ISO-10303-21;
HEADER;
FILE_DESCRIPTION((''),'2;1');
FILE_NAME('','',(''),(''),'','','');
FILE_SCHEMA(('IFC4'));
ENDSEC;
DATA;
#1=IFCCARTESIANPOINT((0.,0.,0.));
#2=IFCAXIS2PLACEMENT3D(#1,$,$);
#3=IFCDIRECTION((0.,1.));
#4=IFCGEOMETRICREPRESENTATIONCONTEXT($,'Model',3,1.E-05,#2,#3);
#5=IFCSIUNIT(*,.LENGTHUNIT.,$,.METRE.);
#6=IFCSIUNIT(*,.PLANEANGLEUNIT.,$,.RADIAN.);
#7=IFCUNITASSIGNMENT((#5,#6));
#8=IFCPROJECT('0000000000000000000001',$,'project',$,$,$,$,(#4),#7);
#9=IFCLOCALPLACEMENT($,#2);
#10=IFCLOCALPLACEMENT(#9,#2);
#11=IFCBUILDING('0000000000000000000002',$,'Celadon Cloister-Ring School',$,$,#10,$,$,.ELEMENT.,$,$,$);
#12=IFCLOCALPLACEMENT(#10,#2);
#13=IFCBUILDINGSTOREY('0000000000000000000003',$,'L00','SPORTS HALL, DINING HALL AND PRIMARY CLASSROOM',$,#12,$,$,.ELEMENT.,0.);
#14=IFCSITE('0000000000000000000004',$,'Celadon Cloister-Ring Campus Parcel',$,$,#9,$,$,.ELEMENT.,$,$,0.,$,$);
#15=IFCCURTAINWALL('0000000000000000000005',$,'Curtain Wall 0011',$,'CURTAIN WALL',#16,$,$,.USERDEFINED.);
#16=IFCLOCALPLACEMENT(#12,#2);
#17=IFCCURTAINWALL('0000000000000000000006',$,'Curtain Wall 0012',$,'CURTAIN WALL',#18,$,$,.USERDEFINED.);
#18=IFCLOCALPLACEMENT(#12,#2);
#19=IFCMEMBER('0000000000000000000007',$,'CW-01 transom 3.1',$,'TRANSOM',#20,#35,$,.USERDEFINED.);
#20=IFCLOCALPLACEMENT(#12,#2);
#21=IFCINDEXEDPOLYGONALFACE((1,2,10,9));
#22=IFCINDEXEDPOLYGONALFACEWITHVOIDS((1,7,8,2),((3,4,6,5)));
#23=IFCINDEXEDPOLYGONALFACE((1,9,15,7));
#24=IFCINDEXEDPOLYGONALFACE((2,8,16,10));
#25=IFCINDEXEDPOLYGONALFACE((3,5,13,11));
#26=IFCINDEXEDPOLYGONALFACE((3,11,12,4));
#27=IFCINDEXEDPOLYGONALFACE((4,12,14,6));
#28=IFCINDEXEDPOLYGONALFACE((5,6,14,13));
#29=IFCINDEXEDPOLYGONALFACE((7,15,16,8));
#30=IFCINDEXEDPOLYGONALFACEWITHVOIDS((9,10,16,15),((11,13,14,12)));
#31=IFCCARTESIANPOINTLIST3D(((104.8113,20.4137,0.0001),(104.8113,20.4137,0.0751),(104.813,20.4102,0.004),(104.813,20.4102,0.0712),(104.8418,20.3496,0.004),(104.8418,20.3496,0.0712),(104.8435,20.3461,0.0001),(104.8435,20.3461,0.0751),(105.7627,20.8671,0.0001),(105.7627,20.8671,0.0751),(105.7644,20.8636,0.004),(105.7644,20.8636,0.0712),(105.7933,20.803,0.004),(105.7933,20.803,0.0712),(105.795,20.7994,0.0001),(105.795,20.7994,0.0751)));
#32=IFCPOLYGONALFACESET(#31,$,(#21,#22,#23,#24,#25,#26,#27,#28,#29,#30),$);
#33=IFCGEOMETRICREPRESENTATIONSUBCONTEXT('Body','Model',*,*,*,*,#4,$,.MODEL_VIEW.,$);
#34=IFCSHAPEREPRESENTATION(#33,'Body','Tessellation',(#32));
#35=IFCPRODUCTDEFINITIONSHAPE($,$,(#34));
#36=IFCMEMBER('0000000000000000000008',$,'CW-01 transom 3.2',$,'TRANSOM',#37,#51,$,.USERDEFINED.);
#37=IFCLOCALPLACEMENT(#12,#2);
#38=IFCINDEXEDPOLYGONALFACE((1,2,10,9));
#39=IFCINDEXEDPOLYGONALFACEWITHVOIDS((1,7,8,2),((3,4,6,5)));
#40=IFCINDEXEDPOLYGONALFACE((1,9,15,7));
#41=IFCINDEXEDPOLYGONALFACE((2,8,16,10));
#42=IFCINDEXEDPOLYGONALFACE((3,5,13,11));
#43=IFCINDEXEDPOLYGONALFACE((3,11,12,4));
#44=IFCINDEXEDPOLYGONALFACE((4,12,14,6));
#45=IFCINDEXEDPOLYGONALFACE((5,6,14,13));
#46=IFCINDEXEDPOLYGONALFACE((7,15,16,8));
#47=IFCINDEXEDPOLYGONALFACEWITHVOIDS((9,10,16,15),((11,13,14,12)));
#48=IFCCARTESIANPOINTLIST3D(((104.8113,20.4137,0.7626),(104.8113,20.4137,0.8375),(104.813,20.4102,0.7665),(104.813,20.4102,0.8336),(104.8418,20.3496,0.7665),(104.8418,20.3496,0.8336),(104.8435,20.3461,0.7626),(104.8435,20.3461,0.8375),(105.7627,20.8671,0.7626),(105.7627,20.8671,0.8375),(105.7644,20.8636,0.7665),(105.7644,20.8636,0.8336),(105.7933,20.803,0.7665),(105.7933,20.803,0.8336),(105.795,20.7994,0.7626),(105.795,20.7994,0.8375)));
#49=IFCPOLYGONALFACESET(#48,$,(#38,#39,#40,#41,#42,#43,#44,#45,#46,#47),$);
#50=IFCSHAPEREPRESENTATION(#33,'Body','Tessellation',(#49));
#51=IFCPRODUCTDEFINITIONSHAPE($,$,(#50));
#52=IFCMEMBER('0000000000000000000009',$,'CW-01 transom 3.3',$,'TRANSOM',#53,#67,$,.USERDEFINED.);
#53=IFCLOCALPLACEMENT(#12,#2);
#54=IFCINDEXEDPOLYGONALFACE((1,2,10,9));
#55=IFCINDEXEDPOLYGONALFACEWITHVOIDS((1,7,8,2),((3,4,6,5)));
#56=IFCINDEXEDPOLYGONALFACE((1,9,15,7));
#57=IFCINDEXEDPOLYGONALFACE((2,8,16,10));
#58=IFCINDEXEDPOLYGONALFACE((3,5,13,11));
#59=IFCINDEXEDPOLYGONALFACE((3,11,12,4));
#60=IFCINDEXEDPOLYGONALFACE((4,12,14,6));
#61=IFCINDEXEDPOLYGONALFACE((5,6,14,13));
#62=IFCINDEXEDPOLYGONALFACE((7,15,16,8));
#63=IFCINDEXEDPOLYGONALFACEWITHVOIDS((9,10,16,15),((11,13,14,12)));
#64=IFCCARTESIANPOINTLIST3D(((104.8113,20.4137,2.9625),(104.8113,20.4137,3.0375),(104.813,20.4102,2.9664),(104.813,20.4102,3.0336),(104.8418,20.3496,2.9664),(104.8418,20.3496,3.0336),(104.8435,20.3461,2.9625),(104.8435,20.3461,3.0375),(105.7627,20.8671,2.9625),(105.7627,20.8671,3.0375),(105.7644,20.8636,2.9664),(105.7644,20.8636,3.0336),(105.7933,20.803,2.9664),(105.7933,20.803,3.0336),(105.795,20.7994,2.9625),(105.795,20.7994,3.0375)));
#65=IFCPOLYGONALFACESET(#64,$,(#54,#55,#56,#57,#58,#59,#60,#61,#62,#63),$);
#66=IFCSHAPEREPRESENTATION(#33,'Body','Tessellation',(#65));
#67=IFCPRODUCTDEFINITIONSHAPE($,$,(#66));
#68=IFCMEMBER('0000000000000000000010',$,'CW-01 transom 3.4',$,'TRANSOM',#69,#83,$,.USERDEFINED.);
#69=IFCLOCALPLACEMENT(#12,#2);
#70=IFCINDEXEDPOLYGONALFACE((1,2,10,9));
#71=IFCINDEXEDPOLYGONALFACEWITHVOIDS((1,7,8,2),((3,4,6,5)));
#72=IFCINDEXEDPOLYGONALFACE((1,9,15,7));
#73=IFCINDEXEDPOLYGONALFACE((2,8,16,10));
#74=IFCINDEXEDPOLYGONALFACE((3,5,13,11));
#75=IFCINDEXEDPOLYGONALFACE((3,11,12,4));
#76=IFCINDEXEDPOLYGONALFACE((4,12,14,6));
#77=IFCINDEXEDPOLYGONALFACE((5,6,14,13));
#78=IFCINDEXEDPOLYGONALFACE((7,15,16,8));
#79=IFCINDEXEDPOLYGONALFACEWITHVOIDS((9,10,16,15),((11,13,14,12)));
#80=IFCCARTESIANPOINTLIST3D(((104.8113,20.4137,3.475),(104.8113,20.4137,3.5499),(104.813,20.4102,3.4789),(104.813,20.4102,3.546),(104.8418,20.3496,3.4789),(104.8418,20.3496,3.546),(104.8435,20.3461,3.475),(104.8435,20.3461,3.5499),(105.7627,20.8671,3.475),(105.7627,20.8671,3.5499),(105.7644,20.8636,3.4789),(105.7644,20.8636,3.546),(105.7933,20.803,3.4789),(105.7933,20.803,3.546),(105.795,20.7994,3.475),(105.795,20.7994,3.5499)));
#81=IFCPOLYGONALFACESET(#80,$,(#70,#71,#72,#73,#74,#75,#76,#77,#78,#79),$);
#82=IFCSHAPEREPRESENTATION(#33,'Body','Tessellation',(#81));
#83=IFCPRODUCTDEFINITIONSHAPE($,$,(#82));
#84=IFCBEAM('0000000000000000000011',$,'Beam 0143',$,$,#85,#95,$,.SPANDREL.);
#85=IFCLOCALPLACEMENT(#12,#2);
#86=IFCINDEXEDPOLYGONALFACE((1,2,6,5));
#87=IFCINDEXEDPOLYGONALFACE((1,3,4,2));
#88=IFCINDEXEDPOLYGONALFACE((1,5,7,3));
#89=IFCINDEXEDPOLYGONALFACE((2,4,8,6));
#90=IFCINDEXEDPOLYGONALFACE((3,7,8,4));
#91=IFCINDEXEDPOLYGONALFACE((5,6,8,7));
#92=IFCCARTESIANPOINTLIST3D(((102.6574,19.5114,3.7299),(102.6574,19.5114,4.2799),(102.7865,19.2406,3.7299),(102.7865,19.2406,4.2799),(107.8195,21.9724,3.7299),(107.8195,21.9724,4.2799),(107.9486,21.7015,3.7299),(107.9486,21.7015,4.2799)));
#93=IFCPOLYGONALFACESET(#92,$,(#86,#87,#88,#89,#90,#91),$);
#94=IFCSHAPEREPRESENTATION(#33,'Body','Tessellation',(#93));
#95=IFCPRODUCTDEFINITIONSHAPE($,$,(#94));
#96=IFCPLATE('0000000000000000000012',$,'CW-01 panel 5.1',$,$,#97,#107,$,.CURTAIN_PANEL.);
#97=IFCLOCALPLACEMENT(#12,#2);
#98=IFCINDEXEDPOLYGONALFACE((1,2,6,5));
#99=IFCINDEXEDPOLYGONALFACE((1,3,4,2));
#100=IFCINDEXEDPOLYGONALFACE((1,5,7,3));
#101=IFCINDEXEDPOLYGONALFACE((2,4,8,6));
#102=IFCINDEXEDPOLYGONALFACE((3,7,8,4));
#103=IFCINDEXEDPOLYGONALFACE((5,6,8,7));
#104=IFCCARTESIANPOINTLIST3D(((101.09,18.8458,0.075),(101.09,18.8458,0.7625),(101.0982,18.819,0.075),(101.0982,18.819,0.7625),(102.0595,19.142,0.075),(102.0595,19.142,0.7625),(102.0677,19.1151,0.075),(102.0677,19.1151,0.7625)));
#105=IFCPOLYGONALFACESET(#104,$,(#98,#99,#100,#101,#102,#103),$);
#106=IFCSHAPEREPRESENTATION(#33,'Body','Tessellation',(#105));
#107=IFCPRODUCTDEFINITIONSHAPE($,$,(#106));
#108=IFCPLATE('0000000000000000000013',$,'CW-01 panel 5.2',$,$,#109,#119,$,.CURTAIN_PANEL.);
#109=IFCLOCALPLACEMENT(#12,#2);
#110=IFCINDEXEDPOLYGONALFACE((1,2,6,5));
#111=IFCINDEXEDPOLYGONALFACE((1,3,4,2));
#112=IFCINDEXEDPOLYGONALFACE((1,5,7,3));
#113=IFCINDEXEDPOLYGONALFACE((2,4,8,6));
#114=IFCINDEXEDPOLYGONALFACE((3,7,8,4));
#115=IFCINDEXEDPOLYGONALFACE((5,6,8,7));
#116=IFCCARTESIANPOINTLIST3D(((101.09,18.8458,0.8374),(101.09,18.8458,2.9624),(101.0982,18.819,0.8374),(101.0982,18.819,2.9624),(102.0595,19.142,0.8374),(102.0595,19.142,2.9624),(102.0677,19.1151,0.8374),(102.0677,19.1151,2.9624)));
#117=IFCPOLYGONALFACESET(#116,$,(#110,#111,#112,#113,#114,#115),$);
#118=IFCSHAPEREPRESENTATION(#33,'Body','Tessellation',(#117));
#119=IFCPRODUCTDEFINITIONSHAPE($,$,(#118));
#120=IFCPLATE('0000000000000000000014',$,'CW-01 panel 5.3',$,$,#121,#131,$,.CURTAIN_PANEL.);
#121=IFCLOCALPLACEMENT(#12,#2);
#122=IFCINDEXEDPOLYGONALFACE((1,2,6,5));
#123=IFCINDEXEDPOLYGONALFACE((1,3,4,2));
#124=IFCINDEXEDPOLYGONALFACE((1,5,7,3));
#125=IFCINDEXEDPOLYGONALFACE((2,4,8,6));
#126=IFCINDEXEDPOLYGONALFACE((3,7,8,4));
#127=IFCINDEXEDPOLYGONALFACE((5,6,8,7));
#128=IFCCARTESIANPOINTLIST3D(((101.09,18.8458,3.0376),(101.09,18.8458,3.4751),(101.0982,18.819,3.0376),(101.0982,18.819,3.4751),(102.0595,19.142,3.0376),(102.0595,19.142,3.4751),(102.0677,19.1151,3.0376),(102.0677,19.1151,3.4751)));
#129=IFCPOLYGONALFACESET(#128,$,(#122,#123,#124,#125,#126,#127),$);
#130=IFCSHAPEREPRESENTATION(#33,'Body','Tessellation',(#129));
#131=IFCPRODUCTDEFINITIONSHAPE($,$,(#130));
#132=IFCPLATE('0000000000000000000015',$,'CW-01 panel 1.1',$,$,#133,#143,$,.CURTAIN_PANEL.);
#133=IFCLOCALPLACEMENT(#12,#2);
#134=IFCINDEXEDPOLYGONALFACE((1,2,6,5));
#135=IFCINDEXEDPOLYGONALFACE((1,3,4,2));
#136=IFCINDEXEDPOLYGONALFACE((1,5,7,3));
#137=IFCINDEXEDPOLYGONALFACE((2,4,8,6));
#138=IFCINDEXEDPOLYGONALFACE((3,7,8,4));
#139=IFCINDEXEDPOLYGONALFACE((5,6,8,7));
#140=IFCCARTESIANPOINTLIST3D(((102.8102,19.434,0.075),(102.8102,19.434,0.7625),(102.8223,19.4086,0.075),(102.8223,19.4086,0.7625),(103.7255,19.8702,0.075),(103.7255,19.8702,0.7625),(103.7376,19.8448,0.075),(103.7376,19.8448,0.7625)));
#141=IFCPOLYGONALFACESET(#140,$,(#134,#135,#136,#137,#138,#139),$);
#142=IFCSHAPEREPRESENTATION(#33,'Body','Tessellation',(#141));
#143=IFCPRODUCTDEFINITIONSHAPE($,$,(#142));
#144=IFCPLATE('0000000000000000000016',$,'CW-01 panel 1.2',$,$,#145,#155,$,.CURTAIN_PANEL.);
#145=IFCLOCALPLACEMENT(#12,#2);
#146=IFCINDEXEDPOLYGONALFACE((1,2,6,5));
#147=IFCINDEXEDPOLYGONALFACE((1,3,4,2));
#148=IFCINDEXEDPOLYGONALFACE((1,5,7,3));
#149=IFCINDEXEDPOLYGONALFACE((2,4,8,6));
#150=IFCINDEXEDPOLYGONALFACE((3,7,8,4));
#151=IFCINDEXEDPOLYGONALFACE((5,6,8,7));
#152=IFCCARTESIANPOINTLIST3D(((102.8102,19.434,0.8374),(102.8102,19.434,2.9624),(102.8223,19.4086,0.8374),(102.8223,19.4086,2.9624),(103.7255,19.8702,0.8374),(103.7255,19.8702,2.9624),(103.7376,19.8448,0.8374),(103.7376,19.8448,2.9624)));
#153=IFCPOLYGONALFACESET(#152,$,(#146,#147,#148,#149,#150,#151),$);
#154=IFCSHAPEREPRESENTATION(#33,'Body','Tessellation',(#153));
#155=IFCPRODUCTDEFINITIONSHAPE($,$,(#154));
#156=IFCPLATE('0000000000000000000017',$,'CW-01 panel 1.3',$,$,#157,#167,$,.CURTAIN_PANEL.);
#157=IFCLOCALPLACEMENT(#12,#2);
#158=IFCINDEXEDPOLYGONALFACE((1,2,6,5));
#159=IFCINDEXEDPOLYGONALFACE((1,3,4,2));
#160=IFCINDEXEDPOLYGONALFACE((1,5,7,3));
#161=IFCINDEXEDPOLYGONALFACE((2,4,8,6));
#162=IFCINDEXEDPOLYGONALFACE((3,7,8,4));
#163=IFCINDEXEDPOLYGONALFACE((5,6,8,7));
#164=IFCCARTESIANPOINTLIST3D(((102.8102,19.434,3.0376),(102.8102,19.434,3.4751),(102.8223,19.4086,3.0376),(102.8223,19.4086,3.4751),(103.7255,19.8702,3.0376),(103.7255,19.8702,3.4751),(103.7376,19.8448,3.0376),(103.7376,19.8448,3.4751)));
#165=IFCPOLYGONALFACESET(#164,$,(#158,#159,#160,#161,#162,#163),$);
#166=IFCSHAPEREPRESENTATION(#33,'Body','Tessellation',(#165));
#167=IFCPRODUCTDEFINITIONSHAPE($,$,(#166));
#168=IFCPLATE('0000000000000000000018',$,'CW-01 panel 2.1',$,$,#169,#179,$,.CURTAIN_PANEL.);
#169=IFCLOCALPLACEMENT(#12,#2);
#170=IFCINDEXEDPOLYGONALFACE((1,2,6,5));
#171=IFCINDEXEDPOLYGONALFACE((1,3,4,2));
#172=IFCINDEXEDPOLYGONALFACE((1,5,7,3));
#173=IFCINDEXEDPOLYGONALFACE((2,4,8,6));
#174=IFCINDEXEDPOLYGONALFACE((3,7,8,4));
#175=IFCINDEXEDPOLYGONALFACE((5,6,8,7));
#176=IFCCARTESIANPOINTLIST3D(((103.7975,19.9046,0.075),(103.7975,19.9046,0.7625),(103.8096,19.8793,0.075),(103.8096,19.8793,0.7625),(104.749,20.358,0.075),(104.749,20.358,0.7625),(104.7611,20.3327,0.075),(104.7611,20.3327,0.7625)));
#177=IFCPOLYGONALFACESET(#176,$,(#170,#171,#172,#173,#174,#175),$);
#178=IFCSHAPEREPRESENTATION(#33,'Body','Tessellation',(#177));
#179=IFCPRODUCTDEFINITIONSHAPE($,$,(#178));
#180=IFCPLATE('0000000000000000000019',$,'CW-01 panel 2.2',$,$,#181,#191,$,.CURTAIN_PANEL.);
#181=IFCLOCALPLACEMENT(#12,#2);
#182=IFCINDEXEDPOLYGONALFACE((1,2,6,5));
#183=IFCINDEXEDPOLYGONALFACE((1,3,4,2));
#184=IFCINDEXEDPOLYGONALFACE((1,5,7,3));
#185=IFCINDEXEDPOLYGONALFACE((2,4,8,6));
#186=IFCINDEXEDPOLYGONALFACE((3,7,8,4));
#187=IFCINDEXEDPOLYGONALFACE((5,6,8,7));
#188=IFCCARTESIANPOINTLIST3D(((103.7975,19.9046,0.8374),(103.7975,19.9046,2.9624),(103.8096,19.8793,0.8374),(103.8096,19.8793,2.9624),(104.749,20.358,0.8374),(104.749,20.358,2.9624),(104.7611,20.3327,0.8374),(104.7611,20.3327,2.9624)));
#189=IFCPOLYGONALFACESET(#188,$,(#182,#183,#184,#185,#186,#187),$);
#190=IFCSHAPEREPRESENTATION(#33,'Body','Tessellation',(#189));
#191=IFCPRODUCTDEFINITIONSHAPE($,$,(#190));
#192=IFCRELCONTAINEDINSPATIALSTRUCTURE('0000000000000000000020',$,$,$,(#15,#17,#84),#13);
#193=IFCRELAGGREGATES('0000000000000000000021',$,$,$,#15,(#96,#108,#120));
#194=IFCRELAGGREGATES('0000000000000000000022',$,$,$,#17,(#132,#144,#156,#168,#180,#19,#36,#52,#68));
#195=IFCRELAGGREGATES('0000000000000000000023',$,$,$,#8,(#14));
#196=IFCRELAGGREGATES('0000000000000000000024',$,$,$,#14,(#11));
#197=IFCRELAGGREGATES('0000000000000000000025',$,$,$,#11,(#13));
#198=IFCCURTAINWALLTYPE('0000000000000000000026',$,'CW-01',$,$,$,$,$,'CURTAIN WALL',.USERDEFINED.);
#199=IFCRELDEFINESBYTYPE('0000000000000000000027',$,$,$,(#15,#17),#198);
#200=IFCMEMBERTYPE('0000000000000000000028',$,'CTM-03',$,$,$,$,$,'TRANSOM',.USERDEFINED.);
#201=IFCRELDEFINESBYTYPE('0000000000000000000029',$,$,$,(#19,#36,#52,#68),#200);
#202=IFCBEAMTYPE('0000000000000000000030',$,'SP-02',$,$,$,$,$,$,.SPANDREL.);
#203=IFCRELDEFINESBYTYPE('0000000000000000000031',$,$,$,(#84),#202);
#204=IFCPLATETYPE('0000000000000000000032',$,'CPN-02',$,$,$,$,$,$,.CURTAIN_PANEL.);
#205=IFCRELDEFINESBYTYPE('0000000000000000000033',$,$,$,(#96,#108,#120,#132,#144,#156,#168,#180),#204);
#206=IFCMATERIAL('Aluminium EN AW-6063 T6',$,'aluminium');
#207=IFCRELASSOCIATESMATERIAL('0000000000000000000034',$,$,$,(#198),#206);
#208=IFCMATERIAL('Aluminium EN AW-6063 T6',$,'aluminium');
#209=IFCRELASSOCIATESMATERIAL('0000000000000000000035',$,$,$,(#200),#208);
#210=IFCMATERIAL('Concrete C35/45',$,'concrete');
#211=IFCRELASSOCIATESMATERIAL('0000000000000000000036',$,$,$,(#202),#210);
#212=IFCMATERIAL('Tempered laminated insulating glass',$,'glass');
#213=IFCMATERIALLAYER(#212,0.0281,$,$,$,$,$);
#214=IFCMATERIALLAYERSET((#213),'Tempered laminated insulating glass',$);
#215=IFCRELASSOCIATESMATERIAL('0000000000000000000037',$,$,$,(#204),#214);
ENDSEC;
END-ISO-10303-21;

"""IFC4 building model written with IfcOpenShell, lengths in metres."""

from ifc_helpers import new_model, si_unit, direction, frame, origin, origin_2d, place, context, subcontext, project, spatial, rectangle, hollow_rectangle, extrude, material, layer, layer_set, material_profile, profile_set, type_object, element, aggregate, save


model = new_model("IFC4")

# Units and contexts
model_context = context("Model", 3, precision=1e-05, world=origin(), true_north=direction((0.0, 1.0)))
body_context = subcontext(model_context, "Body", "Model", "MODEL_VIEW")
ifc_project = project(units=[si_unit("LENGTHUNIT", "METRE"), si_unit("PLANEANGLEUNIT", "RADIAN")], contexts=[model_context])

# Site, building, storey
site_placement = place(None, origin())
site = spatial("IfcSite", under=ifc_project, at=site_placement, Name="Celadon Cloister-Ring Campus Parcel", CompositionType="ELEMENT", RefElevation=0.0)
building_placement = place(site_placement, origin())
building = spatial("IfcBuilding", under=site, at=building_placement, Name="Celadon Cloister-Ring School", CompositionType="ELEMENT")
storey_placement = place(building_placement, origin())
storey = spatial("IfcBuildingStorey", under=building, at=storey_placement, Name="L00", Description="SPORTS HALL, DINING HALL AND PRIMARY CLASSROOM", CompositionType="ELEMENT", Elevation=0.0)

# Curtain wall
ifc_material_1 = material(Name="Aluminium EN AW-6063 T6", Category="aluminium")
curtain_wall_type = type_object("IfcCurtainWallType", Name="CW-01", ElementType="CURTAIN WALL", PredefinedType="USERDEFINED", material=ifc_material_1)
curtain_wall_1_placement = place(storey_placement, origin())
curtain_wall_1 = element("IfcCurtainWall", 1, at=curtain_wall_1_placement, inside=storey, type_object=curtain_wall_type, Name="Curtain Wall 0011", ObjectType="CURTAIN WALL", PredefinedType="USERDEFINED")

# Curtain wall
curtain_wall_2_placement = place(storey_placement, origin())
curtain_wall_2 = element("IfcCurtainWall", 2, at=curtain_wall_2_placement, inside=storey, type_object=curtain_wall_type, Name="Curtain Wall 0012", ObjectType="CURTAIN WALL", PredefinedType="USERDEFINED")

# Members
ifc_material_2 = material(Name="Aluminium EN AW-6063 T6", Category="aluminium")
ifc_material_profile_1 = material_profile(ifc_material_2, hollow_rectangle(XDim=0.075, YDim=0.075, WallThickness=0.0039, at=origin_2d()), Name="RHS75X75X4")
ifc_profile_set_1 = profile_set([ifc_material_profile_1], Name="Aluminium EN AW-6063 T6")
member_type_1 = type_object("IfcMemberType", Name="CTM-03", ElementType="TRANSOM", PredefinedType="USERDEFINED", material=ifc_profile_set_1)
member_1_placement = place(storey_placement, frame((104.8274, 20.3799, 0.0376), z_axis=(0.902745, 0.430176, 0.0), x_axis=(-0.430176, 0.902745, 0.0)))
member_1 = element("IfcMember", 3, at=member_1_placement, type_object=member_type_1, Name="CW-01 transom 3.1", ObjectType="TRANSOM", PredefinedType="USERDEFINED", context=body_context, shape_type="SweptSolid", body=[
    extrude(hollow_rectangle(XDim=0.075, YDim=0.075, WallThickness=0.0039, at=origin_2d()), origin(), (0.0, 0.0, 1.0), 1.054),
])
member_2_placement = place(storey_placement, frame((104.8274, 20.3799, 0.8), z_axis=(0.902745, 0.430176, 0.0), x_axis=(-0.430176, 0.902745, 0.0)))
member_2 = element("IfcMember", 4, at=member_2_placement, type_object=member_type_1, Name="CW-01 transom 3.2", ObjectType="TRANSOM", PredefinedType="USERDEFINED", context=body_context, shape_type="SweptSolid", body=[
    extrude(hollow_rectangle(XDim=0.075, YDim=0.075, WallThickness=0.0039, at=origin_2d()), origin(), (0.0, 0.0, 1.0), 1.054),
])
member_3_placement = place(storey_placement, frame((104.8274, 20.3799, 3.0), z_axis=(0.902745, 0.430176, 0.0), x_axis=(-0.430176, 0.902745, 0.0)))
member_3 = element("IfcMember", 5, at=member_3_placement, type_object=member_type_1, Name="CW-01 transom 3.3", ObjectType="TRANSOM", PredefinedType="USERDEFINED", context=body_context, shape_type="SweptSolid", body=[
    extrude(hollow_rectangle(XDim=0.075, YDim=0.075, WallThickness=0.0039, at=origin_2d()), origin(), (0.0, 0.0, 1.0), 1.054),
])
member_4_placement = place(storey_placement, frame((104.8274, 20.3799, 3.5125), z_axis=(0.902745, 0.430176, 0.0), x_axis=(-0.430176, 0.902745, 0.0)))
member_4 = element("IfcMember", 6, at=member_4_placement, type_object=member_type_1, Name="CW-01 transom 3.4", ObjectType="TRANSOM", PredefinedType="USERDEFINED", context=body_context, shape_type="SweptSolid", body=[
    extrude(hollow_rectangle(XDim=0.075, YDim=0.075, WallThickness=0.0039, at=origin_2d()), origin(), (0.0, 0.0, 1.0), 1.054),
])

# Beam
ifc_material_3 = material(Name="Concrete C35/45", Category="concrete")
ifc_material_profile_2 = material_profile(ifc_material_3, rectangle(XDim=0.3, YDim=0.55, at=origin_2d()), Name="RC300X550")
ifc_profile_set_2 = profile_set([ifc_material_profile_2], Name="Concrete C35/45")
beam_type = type_object("IfcBeamType", Name="SP-02", PredefinedType="SPANDREL", material=ifc_profile_set_2)
beam_placement = place(storey_placement, frame((102.7219, 19.376, 4.0049), z_axis=(0.902671, 0.430331, 0.0), x_axis=(-0.430331, 0.902671, 0.0)))
element("IfcBeam", 7, at=beam_placement, inside=storey, type_object=beam_type, Name="Beam 0143", PredefinedType="SPANDREL", context=body_context, shape_type="SweptSolid", body=[
    extrude(rectangle(XDim=0.3, YDim=0.55, at=origin_2d()), origin(), (0.0, 0.0, 1.0), 5.7188),
])

# Plates
ifc_material_4 = material(Name="Tempered laminated insulating glass", Category="glass")
ifc_layer = layer(ifc_material_4, 0.0281)
ifc_layer_set = layer_set([ifc_layer], Name="Tempered laminated insulating glass")
plate_type = type_object("IfcPlateType", Name="CPN-02", PredefinedType="CURTAIN_PANEL", material=ifc_layer_set)
plate_1_placement = place(storey_placement, frame((101.5789, 18.9805, 0.075), z_axis=(0.0, 0.0, 1.0), x_axis=(0.956372, 0.292151, 0.0)))
plate_1 = element("IfcPlate", 8, at=plate_1_placement, type_object=plate_type, Name="CW-01 panel 5.1", PredefinedType="CURTAIN_PANEL", context=body_context, shape_type="SweptSolid", body=[
    extrude(rectangle(XDim=1.0137, YDim=0.0281, at=origin_2d()), origin(), (0.0, 0.0, 1.0), 0.6875),
])
plate_2_placement = place(storey_placement, frame((101.5789, 18.9805, 0.8374), z_axis=(0.0, 0.0, 1.0), x_axis=(0.956372, 0.292151, 0.0)))
plate_2 = element("IfcPlate", 9, at=plate_2_placement, type_object=plate_type, Name="CW-01 panel 5.2", PredefinedType="CURTAIN_PANEL", context=body_context, shape_type="SweptSolid", body=[
    extrude(rectangle(XDim=1.0137, YDim=0.0281, at=origin_2d()), origin(), (0.0, 0.0, 1.0), 2.125),
])
plate_3_placement = place(storey_placement, frame((101.5789, 18.9805, 3.0376), z_axis=(0.0, 0.0, 1.0), x_axis=(0.956372, 0.292151, 0.0)))
plate_3 = element("IfcPlate", 10, at=plate_3_placement, type_object=plate_type, Name="CW-01 panel 5.3", PredefinedType="CURTAIN_PANEL", context=body_context, shape_type="SweptSolid", body=[
    extrude(rectangle(XDim=1.0137, YDim=0.0281, at=origin_2d()), origin(), (0.0, 0.0, 1.0), 0.4375),
])
aggregate(curtain_wall_1, [plate_1, plate_2, plate_3])
plate_4_placement = place(storey_placement, frame((103.2739, 19.6394, 0.075), z_axis=(0.0, 0.0, 1.0), x_axis=(0.902733, 0.430201, 0.0)))
plate_4 = element("IfcPlate", 11, at=plate_4_placement, type_object=plate_type, Name="CW-01 panel 1.1", PredefinedType="CURTAIN_PANEL", context=body_context, shape_type="SweptSolid", body=[
    extrude(rectangle(XDim=1.0139, YDim=0.0281, at=origin_2d()), origin(), (0.0, 0.0, 1.0), 0.6875),
])
plate_5_placement = place(storey_placement, frame((103.2739, 19.6394, 0.8374), z_axis=(0.0, 0.0, 1.0), x_axis=(0.902733, 0.430201, 0.0)))
plate_5 = element("IfcPlate", 12, at=plate_5_placement, type_object=plate_type, Name="CW-01 panel 1.2", PredefinedType="CURTAIN_PANEL", context=body_context, shape_type="SweptSolid", body=[
    extrude(rectangle(XDim=1.0139, YDim=0.0281, at=origin_2d()), origin(), (0.0, 0.0, 1.0), 2.125),
])
plate_6_placement = place(storey_placement, frame((103.2739, 19.6394, 3.0376), z_axis=(0.0, 0.0, 1.0), x_axis=(0.902733, 0.430201, 0.0)))
plate_6 = element("IfcPlate", 13, at=plate_6_placement, type_object=plate_type, Name="CW-01 panel 1.3", PredefinedType="CURTAIN_PANEL", context=body_context, shape_type="SweptSolid", body=[
    extrude(rectangle(XDim=1.0139, YDim=0.0281, at=origin_2d()), origin(), (0.0, 0.0, 1.0), 0.4375),
])
plate_7_placement = place(storey_placement, frame((104.2793, 20.1187, 0.075), z_axis=(0.0, 0.0, 1.0), x_axis=(0.902733, 0.430201, 0.0)))
plate_7 = element("IfcPlate", 14, at=plate_7_placement, type_object=plate_type, Name="CW-01 panel 2.1", PredefinedType="CURTAIN_PANEL", context=body_context, shape_type="SweptSolid", body=[
    extrude(rectangle(XDim=1.054, YDim=0.0281, at=origin_2d()), origin(), (0.0, 0.0, 1.0), 0.6875),
])
plate_8_placement = place(storey_placement, frame((104.2793, 20.1187, 0.8374), z_axis=(0.0, 0.0, 1.0), x_axis=(0.902733, 0.430201, 0.0)))
plate_8 = element("IfcPlate", 15, at=plate_8_placement, type_object=plate_type, Name="CW-01 panel 2.2", PredefinedType="CURTAIN_PANEL", context=body_context, shape_type="SweptSolid", body=[
    extrude(rectangle(XDim=1.054, YDim=0.0281, at=origin_2d()), origin(), (0.0, 0.0, 1.0), 2.125),
])
aggregate(curtain_wall_2, [plate_4, plate_5, plate_6, plate_7, plate_8, member_1, member_2, member_3, member_4])

save(model, "model.ifc")
